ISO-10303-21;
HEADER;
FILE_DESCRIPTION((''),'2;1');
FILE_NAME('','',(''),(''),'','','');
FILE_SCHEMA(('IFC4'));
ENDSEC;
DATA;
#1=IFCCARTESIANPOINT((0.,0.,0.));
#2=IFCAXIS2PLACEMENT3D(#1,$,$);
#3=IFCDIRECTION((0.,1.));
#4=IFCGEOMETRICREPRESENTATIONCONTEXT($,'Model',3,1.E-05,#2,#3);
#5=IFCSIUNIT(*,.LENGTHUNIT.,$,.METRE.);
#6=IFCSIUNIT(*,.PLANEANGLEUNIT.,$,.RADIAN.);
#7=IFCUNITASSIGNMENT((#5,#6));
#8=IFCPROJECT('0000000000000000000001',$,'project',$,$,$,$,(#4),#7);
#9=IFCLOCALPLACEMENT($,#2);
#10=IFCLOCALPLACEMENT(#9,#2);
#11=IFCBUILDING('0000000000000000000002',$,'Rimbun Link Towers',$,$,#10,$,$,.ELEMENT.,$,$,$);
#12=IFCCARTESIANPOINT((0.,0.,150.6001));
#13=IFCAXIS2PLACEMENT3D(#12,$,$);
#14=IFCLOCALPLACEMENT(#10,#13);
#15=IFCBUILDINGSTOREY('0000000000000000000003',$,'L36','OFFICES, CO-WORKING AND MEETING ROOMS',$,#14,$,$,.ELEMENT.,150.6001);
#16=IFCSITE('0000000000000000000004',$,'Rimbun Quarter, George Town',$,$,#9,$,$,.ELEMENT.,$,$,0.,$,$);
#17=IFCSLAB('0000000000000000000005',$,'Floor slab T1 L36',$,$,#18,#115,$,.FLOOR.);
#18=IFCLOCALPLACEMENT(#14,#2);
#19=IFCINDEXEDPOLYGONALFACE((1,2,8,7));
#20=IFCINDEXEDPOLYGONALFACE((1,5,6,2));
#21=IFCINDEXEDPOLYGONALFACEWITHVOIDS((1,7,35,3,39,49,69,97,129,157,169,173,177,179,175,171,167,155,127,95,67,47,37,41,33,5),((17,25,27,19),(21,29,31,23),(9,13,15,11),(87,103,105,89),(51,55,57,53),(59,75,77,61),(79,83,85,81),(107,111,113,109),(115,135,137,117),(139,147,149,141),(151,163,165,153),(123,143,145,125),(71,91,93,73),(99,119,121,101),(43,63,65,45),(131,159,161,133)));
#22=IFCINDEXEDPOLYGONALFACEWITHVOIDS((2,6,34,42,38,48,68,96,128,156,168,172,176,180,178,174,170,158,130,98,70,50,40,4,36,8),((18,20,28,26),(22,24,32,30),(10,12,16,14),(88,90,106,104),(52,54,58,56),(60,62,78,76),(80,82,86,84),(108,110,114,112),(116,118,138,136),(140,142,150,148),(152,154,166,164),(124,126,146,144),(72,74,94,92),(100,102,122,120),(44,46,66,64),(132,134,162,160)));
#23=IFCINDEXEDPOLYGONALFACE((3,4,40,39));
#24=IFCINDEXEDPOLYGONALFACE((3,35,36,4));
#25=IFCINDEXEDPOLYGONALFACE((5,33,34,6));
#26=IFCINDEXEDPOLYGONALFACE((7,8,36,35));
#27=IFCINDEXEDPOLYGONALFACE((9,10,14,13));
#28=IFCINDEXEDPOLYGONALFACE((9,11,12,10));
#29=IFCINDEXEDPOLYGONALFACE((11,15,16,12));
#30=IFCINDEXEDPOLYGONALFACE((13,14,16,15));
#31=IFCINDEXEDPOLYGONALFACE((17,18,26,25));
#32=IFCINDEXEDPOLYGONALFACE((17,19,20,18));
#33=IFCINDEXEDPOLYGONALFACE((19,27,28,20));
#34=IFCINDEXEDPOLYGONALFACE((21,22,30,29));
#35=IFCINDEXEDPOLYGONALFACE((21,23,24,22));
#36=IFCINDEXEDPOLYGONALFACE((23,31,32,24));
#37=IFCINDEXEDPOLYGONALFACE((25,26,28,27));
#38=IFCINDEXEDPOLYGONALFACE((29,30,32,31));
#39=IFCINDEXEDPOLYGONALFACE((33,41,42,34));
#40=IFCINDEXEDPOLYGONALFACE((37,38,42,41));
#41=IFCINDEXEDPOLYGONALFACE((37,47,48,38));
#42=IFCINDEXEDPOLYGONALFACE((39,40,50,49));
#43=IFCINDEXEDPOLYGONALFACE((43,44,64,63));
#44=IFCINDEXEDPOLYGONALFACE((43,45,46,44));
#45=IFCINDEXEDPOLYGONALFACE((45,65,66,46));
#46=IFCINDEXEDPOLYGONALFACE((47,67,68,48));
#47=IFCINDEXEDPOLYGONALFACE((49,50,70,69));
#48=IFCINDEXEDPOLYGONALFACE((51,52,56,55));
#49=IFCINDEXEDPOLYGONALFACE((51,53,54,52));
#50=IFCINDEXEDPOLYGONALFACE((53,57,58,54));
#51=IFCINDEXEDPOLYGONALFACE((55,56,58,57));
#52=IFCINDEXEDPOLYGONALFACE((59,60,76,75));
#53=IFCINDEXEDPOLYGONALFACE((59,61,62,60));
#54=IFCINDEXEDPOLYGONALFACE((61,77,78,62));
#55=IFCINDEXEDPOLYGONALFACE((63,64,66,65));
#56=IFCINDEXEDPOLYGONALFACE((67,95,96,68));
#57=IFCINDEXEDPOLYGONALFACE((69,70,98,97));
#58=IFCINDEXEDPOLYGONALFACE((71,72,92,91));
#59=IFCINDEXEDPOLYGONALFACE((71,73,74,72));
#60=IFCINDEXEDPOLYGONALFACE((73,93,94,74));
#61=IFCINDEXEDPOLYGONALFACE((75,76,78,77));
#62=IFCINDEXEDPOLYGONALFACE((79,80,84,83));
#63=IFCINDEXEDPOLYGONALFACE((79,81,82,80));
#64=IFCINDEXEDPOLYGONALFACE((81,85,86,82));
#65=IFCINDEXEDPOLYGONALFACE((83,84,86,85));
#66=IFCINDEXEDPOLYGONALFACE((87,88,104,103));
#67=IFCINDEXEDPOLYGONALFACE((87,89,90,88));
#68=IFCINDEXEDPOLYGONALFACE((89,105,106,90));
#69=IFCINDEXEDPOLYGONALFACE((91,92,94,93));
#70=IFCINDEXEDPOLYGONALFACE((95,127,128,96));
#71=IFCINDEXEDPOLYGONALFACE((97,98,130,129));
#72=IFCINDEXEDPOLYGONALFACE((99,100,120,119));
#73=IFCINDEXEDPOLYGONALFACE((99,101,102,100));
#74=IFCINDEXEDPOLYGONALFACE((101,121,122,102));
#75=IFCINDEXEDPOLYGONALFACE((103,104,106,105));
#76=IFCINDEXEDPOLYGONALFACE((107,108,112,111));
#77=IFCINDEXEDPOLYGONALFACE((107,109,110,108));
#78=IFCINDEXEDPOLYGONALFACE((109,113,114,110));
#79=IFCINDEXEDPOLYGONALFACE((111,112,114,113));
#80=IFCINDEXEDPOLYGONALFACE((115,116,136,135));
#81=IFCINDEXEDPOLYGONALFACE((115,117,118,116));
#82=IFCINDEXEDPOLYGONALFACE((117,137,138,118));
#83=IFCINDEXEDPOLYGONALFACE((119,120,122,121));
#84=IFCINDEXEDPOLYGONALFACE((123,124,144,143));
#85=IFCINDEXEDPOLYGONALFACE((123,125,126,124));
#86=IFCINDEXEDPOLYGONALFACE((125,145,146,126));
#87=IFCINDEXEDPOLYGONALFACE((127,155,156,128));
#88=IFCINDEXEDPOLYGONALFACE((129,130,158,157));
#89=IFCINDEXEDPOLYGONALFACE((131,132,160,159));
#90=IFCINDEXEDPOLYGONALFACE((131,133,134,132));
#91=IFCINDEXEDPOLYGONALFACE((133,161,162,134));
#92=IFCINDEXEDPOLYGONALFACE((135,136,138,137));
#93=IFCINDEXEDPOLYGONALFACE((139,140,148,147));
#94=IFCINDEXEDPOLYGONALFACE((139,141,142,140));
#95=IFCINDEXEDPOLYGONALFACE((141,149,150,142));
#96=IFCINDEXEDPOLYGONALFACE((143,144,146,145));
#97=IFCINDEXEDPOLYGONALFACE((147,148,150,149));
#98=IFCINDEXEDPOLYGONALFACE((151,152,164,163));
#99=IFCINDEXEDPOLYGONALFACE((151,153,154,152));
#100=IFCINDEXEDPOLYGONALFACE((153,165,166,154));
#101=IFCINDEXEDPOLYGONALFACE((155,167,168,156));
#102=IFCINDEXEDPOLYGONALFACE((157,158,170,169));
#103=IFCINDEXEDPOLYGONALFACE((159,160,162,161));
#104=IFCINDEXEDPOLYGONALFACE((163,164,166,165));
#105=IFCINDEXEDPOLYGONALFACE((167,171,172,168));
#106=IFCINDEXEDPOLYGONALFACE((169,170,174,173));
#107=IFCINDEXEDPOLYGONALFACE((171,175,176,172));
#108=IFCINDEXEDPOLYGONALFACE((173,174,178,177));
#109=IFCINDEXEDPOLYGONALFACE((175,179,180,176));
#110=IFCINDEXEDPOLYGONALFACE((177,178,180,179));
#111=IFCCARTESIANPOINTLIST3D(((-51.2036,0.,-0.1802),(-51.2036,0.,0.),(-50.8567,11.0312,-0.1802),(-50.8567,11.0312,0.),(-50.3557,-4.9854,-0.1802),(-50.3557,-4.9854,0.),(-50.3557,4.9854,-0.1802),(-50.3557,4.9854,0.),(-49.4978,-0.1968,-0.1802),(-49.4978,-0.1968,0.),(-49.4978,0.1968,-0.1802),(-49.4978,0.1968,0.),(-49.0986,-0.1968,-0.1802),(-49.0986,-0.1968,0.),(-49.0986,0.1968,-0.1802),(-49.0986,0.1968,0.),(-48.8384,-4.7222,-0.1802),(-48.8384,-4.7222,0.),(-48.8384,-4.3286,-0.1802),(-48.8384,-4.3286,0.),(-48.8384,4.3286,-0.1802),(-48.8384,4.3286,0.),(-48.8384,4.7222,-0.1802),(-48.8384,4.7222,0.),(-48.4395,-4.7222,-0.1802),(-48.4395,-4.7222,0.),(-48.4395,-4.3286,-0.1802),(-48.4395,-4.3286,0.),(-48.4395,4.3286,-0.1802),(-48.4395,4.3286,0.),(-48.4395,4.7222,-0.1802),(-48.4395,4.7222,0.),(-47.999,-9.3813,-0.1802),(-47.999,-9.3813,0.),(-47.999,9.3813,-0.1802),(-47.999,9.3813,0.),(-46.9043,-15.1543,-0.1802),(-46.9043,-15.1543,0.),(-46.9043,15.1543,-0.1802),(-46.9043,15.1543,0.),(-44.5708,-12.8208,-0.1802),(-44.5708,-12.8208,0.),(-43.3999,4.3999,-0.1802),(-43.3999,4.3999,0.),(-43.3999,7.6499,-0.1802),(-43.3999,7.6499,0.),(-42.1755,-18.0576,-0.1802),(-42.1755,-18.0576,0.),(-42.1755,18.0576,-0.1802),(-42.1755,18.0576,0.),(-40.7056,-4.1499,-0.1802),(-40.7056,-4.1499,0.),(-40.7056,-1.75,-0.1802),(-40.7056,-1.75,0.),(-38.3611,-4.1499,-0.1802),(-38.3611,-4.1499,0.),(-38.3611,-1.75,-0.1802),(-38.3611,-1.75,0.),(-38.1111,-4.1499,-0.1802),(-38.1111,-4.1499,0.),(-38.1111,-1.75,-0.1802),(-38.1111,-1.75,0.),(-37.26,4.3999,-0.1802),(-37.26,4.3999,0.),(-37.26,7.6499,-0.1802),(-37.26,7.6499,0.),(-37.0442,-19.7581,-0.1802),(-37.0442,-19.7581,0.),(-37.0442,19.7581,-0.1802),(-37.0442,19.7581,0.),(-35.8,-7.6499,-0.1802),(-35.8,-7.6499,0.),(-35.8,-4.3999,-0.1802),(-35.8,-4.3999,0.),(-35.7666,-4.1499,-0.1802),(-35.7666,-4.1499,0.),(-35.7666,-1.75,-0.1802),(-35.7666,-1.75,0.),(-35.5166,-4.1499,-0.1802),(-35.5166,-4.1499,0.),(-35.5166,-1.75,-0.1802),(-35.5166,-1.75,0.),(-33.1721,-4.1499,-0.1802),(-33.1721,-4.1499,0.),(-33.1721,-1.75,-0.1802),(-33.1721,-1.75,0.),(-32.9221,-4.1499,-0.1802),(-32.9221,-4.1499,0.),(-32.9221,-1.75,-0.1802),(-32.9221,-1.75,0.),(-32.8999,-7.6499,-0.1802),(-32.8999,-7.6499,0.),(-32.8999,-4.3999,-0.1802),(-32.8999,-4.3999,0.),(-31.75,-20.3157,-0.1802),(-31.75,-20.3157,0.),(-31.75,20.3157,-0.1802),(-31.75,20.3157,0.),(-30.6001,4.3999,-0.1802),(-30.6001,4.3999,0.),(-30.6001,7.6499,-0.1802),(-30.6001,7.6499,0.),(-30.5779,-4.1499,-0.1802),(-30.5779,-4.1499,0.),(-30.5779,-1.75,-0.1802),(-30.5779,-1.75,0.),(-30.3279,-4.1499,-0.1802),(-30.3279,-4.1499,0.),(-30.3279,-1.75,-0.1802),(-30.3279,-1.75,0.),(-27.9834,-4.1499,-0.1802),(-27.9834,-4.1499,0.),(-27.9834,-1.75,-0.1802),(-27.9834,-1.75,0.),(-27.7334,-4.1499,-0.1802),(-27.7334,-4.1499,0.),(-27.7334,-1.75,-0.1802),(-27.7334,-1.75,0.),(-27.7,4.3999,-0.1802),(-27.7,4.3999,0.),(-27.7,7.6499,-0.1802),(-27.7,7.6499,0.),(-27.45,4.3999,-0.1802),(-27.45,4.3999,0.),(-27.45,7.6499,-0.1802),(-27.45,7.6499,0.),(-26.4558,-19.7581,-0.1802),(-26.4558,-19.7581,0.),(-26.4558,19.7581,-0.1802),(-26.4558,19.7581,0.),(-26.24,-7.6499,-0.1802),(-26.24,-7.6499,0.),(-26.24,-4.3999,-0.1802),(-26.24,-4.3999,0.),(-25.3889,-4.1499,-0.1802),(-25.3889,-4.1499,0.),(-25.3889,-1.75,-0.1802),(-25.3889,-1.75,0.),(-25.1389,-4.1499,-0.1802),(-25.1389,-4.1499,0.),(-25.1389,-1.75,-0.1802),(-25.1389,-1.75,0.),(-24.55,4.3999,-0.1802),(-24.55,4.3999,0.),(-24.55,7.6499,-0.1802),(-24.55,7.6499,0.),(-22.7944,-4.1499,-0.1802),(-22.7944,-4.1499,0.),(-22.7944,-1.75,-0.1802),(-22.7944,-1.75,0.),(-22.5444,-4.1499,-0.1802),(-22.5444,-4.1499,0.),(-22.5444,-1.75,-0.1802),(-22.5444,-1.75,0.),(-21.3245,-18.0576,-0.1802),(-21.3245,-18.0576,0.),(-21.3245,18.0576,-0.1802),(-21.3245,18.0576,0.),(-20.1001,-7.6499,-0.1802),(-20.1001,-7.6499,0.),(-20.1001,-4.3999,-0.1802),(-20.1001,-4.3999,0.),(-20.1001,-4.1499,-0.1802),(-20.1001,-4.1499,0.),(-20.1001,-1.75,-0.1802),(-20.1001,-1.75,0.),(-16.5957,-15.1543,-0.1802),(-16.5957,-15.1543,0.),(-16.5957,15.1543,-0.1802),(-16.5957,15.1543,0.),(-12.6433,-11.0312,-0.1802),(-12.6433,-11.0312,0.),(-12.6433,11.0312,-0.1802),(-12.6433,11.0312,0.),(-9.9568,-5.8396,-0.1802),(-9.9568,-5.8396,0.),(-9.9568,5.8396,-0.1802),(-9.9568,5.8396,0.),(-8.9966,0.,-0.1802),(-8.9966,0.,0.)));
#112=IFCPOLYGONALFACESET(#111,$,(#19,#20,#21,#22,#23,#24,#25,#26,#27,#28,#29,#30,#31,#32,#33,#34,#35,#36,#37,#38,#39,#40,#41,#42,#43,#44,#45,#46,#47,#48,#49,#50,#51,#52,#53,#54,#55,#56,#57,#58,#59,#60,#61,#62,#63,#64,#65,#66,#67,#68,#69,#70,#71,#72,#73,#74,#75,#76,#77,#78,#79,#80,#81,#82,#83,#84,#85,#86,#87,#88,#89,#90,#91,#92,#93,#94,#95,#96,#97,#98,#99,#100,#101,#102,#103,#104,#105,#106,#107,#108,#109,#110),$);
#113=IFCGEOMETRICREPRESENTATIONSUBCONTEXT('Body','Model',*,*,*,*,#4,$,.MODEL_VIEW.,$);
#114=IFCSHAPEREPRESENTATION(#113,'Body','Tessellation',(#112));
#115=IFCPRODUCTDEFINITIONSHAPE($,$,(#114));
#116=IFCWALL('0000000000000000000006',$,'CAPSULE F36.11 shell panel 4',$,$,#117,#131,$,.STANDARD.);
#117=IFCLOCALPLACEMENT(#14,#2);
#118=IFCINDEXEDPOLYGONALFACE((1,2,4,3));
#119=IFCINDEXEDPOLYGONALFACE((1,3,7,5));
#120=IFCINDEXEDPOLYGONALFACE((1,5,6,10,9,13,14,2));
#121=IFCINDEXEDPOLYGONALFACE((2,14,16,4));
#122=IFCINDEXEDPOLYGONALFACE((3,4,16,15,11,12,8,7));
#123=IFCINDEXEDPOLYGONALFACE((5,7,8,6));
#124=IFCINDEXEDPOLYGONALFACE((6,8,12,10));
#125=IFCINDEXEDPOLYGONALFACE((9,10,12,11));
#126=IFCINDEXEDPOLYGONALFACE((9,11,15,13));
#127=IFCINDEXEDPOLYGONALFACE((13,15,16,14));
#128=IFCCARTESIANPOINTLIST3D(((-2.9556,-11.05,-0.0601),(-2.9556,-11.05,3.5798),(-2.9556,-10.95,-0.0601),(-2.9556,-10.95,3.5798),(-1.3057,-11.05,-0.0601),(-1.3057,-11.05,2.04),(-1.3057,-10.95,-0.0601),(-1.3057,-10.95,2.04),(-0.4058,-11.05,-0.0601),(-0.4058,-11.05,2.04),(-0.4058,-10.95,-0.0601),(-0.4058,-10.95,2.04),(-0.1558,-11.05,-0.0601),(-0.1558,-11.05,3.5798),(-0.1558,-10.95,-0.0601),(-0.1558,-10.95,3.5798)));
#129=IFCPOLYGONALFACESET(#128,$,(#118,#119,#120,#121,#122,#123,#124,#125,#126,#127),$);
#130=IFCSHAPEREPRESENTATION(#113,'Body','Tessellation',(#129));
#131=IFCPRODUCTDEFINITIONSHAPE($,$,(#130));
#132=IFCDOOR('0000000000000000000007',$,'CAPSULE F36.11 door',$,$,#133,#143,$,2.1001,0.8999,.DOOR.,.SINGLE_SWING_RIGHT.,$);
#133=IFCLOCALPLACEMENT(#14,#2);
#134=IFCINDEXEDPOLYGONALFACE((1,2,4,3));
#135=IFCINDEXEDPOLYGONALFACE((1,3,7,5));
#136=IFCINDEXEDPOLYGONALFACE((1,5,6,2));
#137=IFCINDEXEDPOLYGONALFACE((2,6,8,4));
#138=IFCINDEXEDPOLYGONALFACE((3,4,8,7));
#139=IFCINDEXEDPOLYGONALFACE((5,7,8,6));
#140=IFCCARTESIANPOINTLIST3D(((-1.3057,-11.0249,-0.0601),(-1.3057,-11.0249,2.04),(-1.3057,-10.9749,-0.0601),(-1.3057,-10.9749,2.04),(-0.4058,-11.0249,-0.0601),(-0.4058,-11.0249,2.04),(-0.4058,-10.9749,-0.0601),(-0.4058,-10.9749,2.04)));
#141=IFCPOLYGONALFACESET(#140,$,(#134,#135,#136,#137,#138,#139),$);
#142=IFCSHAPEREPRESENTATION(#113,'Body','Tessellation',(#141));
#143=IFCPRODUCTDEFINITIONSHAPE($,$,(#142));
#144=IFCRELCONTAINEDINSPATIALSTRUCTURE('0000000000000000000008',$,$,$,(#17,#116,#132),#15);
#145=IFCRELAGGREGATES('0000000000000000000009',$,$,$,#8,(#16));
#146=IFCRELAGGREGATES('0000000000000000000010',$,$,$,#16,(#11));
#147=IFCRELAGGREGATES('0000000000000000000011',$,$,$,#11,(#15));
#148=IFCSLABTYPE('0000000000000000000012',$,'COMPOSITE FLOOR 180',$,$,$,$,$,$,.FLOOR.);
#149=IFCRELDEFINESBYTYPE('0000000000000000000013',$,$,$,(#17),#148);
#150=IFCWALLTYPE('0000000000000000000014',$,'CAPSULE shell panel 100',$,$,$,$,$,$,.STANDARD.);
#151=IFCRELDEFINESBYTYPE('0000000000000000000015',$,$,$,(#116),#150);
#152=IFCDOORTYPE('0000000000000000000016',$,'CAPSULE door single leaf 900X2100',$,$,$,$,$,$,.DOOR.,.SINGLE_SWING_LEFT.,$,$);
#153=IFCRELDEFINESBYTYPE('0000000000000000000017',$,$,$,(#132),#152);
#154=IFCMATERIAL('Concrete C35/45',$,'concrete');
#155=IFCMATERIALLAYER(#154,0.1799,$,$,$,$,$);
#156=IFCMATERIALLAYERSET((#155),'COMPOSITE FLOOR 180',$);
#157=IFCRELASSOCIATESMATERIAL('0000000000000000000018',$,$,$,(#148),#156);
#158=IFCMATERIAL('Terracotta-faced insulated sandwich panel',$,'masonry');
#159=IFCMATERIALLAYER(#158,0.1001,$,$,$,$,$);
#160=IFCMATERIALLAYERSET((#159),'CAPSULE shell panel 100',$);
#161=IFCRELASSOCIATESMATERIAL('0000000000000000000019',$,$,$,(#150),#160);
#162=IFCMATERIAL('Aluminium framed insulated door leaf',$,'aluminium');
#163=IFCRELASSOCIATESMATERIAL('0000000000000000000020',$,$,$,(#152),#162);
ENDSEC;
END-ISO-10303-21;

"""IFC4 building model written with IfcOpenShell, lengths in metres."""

from ifc_helpers import new_model, si_unit, direction, frame, frame_2d, origin, place, context, subcontext, project, spatial, polyline, rectangle, outline, extrude, material, layer, layer_set, type_object, element, fill, save


model = new_model("IFC4")

# Units and contexts
model_context = context("Model", 3, precision=1e-05, world=origin(), true_north=direction((0.0, 1.0)))
body_context = subcontext(model_context, "Body", "Model", "MODEL_VIEW")
ifc_project = project(units=[si_unit("LENGTHUNIT", "METRE"), si_unit("PLANEANGLEUNIT", "RADIAN")], contexts=[model_context])

# Site, building, storey
site_placement = place(None, origin())
site = spatial("IfcSite", under=ifc_project, at=site_placement, Name="Rimbun Quarter, George Town", CompositionType="ELEMENT", RefElevation=0.0)
building_placement = place(site_placement, origin())
building = spatial("IfcBuilding", under=site, at=building_placement, Name="Rimbun Link Towers", CompositionType="ELEMENT")
storey_placement = place(building_placement, frame((0.0, 0.0, 150.6001)))
storey = spatial("IfcBuildingStorey", under=building, at=storey_placement, Name="L36", Description="OFFICES, CO-WORKING AND MEETING ROOMS", CompositionType="ELEMENT", Elevation=150.6001)

# Slab
ifc_material_1 = material(Name="Concrete C35/45", Category="concrete")
ifc_layer_1 = layer(ifc_material_1, 0.1799)
ifc_layer_set_1 = layer_set([ifc_layer_1], Name="COMPOSITE FLOOR 180")
slab_type = type_object("IfcSlabType", Name="COMPOSITE FLOOR 180", PredefinedType="FLOOR", material=ifc_layer_set_1)
slab_placement = place(storey_placement, frame((0.0, 0.0, -0.1802)))
element("IfcSlab", 1, at=slab_placement, inside=storey, type_object=slab_type, Name="Floor slab T1 L36", PredefinedType="FLOOR", context=body_context, shape_type="SweptSolid", body=[
    extrude(outline(polyline([(-46.9043, 15.1543), (-42.1755, 18.0576), (-37.0442, 19.7581), (-31.75, 20.3157), (-26.4558, 19.7581), (-21.3245, 18.0576), (-16.5957, 15.1543), (-12.6433, 11.0312), (-9.9568, 5.8396), (-8.9966, 0.0), (-9.9568, -5.8396), (-12.6433, -11.0312), (-16.5957, -15.1543), (-21.3245, -18.0576), (-26.4558, -19.7581), (-31.75, -20.3157), (-37.0442, -19.7581), (-42.1755, -18.0576), (-46.9043, -15.1543), (-44.5708, -12.8208), (-47.999, -9.3813), (-50.3557, -4.9854), (-51.2036, 0.0), (-50.3557, 4.9854), (-47.999, 9.3813), (-50.8567, 11.0312), (-46.9043, 15.1543)]), holes=[polyline([(-32.8999, -7.6499), (-32.8999, -4.3999), (-35.8, -4.3999), (-35.8, -7.6499), (-32.8999, -7.6499)]), polyline([(-48.4395, -4.7222), (-48.4395, -4.3286), (-48.8384, -4.3286), (-48.8384, -4.7222), (-48.4395, -4.7222)]), polyline([(-38.3611, -4.1499), (-38.3611, -1.75), (-40.7056, -1.75), (-40.7056, -4.1499), (-38.3611, -4.1499)]), polyline([(-35.7666, -4.1499), (-35.7666, -1.75), (-38.1111, -1.75), (-38.1111, -4.1499), (-35.7666, -4.1499)]), polyline([(-33.1721, -4.1499), (-33.1721, -1.75), (-35.5166, -1.75), (-35.5166, -4.1499), (-33.1721, -4.1499)]), polyline([(-49.0986, -0.1968), (-49.0986, 0.1968), (-49.4978, 0.1968), (-49.4978, -0.1968), (-49.0986, -0.1968)]), polyline([(-48.4395, 4.3286), (-48.4395, 4.7222), (-48.8384, 4.7222), (-48.8384, 4.3286), (-48.4395, 4.3286)]), polyline([(-37.26, 4.3999), (-37.26, 7.6499), (-43.3999, 7.6499), (-43.3999, 4.3999), (-37.26, 4.3999)]), polyline([(-20.1001, -7.6499), (-20.1001, -4.3999), (-26.24, -4.3999), (-26.24, -7.6499), (-20.1001, -7.6499)]), polyline([(-30.5779, -4.1499), (-30.5779, -1.75), (-32.9221, -1.75), (-32.9221, -4.1499), (-30.5779, -4.1499)]), polyline([(-27.9834, -4.1499), (-27.9834, -1.75), (-30.3279, -1.75), (-30.3279, -4.1499), (-27.9834, -4.1499)]), polyline([(-25.3889, -4.1499), (-25.3889, -1.75), (-27.7334, -1.75), (-27.7334, -4.1499), (-25.3889, -4.1499)]), polyline([(-22.7944, -4.1499), (-22.7944, -1.75), (-25.1389, -1.75), (-25.1389, -4.1499), (-22.7944, -4.1499)]), polyline([(-20.1001, -4.1499), (-20.1001, -1.75), (-22.5444, -1.75), (-22.5444, -4.1499), (-20.1001, -4.1499)]), polyline([(-27.7, 4.3999), (-27.7, 7.6499), (-30.6001, 7.6499), (-30.6001, 4.3999), (-27.7, 4.3999)]), polyline([(-24.55, 4.3999), (-24.55, 7.6499), (-27.45, 7.6499), (-27.45, 4.3999), (-24.55, 4.3999)])]), origin(), (0.0, 0.0, 1.0), 0.1802),
])

# Wall, opening, door
ifc_material_2 = material(Name="Terracotta-faced insulated sandwich panel", Category="masonry")
ifc_layer_2 = layer(ifc_material_2, 0.1001)
ifc_layer_set_2 = layer_set([ifc_layer_2], Name="CAPSULE shell panel 100")
wall_type_1 = type_object("IfcWallType", Name="CAPSULE shell panel 100", PredefinedType="STANDARD", material=ifc_layer_set_2)
wall_1_placement = place(storey_placement, frame((-0.1558, -11.0, -0.0601), z_axis=(0.0, 0.0, 1.0), x_axis=(-1.0, 0.0, 0.0)))
wall_1 = element("IfcWall", 2, at=wall_1_placement, inside=storey, type_object=wall_type_1, Name="CAPSULE F36.11 shell panel 4", PredefinedType="STANDARD", context=body_context, shape_type="SweptSolid", body=[
    extrude(rectangle(XDim=2.7998, YDim=0.1001, at=frame_2d((1.3999, 0.0))), origin(), (0.0, 0.0, 1.0), 3.6399),
])
opening_1_placement = place(wall_1_placement, frame((0.25, 0.0, 0.0)))
opening_1 = element("IfcOpeningElement", 3, at=opening_1_placement, cuts=wall_1, PredefinedType="OPENING", context=body_context, shape_type="SweptSolid", body=[
    extrude(rectangle(XDim=0.8999, YDim=2.1001, at=frame_2d((0.45, 1.05))), frame((0.0, 0.0601, 0.0), z_axis=(0.0, -1.0, 0.0), x_axis=(1.0, 0.0, 0.0)), (0.0, 0.0, 1.0), 0.1201),
])
ifc_material_3 = material(Name="Aluminium framed insulated door leaf", Category="aluminium")
door_type_1 = type_object("IfcDoorType", Name="CAPSULE door single leaf 900X2100", OperationType="SINGLE_SWING_LEFT", PredefinedType="DOOR", material=ifc_material_3)
door_1_placement = place(opening_1_placement, origin())
door_1 = element("IfcDoor", 4, at=door_1_placement, inside=storey, type_object=door_type_1, Name="CAPSULE F36.11 door", OperationType="SINGLE_SWING_RIGHT", OverallHeight=2.1001, OverallWidth=0.8999, PredefinedType="DOOR", context=body_context, shape_type="SweptSolid", body=[
    extrude(rectangle(XDim=0.8999, YDim=2.1001, at=frame_2d((0.45, 1.05))), frame((0.0, 0.0249, 0.0), z_axis=(0.0, -1.0, 0.0), x_axis=(1.0, 0.0, 0.0)), (0.0, 0.0, 1.0), 0.05),
])
fill(opening_1, door_1)

save(model, "model.ifc")
